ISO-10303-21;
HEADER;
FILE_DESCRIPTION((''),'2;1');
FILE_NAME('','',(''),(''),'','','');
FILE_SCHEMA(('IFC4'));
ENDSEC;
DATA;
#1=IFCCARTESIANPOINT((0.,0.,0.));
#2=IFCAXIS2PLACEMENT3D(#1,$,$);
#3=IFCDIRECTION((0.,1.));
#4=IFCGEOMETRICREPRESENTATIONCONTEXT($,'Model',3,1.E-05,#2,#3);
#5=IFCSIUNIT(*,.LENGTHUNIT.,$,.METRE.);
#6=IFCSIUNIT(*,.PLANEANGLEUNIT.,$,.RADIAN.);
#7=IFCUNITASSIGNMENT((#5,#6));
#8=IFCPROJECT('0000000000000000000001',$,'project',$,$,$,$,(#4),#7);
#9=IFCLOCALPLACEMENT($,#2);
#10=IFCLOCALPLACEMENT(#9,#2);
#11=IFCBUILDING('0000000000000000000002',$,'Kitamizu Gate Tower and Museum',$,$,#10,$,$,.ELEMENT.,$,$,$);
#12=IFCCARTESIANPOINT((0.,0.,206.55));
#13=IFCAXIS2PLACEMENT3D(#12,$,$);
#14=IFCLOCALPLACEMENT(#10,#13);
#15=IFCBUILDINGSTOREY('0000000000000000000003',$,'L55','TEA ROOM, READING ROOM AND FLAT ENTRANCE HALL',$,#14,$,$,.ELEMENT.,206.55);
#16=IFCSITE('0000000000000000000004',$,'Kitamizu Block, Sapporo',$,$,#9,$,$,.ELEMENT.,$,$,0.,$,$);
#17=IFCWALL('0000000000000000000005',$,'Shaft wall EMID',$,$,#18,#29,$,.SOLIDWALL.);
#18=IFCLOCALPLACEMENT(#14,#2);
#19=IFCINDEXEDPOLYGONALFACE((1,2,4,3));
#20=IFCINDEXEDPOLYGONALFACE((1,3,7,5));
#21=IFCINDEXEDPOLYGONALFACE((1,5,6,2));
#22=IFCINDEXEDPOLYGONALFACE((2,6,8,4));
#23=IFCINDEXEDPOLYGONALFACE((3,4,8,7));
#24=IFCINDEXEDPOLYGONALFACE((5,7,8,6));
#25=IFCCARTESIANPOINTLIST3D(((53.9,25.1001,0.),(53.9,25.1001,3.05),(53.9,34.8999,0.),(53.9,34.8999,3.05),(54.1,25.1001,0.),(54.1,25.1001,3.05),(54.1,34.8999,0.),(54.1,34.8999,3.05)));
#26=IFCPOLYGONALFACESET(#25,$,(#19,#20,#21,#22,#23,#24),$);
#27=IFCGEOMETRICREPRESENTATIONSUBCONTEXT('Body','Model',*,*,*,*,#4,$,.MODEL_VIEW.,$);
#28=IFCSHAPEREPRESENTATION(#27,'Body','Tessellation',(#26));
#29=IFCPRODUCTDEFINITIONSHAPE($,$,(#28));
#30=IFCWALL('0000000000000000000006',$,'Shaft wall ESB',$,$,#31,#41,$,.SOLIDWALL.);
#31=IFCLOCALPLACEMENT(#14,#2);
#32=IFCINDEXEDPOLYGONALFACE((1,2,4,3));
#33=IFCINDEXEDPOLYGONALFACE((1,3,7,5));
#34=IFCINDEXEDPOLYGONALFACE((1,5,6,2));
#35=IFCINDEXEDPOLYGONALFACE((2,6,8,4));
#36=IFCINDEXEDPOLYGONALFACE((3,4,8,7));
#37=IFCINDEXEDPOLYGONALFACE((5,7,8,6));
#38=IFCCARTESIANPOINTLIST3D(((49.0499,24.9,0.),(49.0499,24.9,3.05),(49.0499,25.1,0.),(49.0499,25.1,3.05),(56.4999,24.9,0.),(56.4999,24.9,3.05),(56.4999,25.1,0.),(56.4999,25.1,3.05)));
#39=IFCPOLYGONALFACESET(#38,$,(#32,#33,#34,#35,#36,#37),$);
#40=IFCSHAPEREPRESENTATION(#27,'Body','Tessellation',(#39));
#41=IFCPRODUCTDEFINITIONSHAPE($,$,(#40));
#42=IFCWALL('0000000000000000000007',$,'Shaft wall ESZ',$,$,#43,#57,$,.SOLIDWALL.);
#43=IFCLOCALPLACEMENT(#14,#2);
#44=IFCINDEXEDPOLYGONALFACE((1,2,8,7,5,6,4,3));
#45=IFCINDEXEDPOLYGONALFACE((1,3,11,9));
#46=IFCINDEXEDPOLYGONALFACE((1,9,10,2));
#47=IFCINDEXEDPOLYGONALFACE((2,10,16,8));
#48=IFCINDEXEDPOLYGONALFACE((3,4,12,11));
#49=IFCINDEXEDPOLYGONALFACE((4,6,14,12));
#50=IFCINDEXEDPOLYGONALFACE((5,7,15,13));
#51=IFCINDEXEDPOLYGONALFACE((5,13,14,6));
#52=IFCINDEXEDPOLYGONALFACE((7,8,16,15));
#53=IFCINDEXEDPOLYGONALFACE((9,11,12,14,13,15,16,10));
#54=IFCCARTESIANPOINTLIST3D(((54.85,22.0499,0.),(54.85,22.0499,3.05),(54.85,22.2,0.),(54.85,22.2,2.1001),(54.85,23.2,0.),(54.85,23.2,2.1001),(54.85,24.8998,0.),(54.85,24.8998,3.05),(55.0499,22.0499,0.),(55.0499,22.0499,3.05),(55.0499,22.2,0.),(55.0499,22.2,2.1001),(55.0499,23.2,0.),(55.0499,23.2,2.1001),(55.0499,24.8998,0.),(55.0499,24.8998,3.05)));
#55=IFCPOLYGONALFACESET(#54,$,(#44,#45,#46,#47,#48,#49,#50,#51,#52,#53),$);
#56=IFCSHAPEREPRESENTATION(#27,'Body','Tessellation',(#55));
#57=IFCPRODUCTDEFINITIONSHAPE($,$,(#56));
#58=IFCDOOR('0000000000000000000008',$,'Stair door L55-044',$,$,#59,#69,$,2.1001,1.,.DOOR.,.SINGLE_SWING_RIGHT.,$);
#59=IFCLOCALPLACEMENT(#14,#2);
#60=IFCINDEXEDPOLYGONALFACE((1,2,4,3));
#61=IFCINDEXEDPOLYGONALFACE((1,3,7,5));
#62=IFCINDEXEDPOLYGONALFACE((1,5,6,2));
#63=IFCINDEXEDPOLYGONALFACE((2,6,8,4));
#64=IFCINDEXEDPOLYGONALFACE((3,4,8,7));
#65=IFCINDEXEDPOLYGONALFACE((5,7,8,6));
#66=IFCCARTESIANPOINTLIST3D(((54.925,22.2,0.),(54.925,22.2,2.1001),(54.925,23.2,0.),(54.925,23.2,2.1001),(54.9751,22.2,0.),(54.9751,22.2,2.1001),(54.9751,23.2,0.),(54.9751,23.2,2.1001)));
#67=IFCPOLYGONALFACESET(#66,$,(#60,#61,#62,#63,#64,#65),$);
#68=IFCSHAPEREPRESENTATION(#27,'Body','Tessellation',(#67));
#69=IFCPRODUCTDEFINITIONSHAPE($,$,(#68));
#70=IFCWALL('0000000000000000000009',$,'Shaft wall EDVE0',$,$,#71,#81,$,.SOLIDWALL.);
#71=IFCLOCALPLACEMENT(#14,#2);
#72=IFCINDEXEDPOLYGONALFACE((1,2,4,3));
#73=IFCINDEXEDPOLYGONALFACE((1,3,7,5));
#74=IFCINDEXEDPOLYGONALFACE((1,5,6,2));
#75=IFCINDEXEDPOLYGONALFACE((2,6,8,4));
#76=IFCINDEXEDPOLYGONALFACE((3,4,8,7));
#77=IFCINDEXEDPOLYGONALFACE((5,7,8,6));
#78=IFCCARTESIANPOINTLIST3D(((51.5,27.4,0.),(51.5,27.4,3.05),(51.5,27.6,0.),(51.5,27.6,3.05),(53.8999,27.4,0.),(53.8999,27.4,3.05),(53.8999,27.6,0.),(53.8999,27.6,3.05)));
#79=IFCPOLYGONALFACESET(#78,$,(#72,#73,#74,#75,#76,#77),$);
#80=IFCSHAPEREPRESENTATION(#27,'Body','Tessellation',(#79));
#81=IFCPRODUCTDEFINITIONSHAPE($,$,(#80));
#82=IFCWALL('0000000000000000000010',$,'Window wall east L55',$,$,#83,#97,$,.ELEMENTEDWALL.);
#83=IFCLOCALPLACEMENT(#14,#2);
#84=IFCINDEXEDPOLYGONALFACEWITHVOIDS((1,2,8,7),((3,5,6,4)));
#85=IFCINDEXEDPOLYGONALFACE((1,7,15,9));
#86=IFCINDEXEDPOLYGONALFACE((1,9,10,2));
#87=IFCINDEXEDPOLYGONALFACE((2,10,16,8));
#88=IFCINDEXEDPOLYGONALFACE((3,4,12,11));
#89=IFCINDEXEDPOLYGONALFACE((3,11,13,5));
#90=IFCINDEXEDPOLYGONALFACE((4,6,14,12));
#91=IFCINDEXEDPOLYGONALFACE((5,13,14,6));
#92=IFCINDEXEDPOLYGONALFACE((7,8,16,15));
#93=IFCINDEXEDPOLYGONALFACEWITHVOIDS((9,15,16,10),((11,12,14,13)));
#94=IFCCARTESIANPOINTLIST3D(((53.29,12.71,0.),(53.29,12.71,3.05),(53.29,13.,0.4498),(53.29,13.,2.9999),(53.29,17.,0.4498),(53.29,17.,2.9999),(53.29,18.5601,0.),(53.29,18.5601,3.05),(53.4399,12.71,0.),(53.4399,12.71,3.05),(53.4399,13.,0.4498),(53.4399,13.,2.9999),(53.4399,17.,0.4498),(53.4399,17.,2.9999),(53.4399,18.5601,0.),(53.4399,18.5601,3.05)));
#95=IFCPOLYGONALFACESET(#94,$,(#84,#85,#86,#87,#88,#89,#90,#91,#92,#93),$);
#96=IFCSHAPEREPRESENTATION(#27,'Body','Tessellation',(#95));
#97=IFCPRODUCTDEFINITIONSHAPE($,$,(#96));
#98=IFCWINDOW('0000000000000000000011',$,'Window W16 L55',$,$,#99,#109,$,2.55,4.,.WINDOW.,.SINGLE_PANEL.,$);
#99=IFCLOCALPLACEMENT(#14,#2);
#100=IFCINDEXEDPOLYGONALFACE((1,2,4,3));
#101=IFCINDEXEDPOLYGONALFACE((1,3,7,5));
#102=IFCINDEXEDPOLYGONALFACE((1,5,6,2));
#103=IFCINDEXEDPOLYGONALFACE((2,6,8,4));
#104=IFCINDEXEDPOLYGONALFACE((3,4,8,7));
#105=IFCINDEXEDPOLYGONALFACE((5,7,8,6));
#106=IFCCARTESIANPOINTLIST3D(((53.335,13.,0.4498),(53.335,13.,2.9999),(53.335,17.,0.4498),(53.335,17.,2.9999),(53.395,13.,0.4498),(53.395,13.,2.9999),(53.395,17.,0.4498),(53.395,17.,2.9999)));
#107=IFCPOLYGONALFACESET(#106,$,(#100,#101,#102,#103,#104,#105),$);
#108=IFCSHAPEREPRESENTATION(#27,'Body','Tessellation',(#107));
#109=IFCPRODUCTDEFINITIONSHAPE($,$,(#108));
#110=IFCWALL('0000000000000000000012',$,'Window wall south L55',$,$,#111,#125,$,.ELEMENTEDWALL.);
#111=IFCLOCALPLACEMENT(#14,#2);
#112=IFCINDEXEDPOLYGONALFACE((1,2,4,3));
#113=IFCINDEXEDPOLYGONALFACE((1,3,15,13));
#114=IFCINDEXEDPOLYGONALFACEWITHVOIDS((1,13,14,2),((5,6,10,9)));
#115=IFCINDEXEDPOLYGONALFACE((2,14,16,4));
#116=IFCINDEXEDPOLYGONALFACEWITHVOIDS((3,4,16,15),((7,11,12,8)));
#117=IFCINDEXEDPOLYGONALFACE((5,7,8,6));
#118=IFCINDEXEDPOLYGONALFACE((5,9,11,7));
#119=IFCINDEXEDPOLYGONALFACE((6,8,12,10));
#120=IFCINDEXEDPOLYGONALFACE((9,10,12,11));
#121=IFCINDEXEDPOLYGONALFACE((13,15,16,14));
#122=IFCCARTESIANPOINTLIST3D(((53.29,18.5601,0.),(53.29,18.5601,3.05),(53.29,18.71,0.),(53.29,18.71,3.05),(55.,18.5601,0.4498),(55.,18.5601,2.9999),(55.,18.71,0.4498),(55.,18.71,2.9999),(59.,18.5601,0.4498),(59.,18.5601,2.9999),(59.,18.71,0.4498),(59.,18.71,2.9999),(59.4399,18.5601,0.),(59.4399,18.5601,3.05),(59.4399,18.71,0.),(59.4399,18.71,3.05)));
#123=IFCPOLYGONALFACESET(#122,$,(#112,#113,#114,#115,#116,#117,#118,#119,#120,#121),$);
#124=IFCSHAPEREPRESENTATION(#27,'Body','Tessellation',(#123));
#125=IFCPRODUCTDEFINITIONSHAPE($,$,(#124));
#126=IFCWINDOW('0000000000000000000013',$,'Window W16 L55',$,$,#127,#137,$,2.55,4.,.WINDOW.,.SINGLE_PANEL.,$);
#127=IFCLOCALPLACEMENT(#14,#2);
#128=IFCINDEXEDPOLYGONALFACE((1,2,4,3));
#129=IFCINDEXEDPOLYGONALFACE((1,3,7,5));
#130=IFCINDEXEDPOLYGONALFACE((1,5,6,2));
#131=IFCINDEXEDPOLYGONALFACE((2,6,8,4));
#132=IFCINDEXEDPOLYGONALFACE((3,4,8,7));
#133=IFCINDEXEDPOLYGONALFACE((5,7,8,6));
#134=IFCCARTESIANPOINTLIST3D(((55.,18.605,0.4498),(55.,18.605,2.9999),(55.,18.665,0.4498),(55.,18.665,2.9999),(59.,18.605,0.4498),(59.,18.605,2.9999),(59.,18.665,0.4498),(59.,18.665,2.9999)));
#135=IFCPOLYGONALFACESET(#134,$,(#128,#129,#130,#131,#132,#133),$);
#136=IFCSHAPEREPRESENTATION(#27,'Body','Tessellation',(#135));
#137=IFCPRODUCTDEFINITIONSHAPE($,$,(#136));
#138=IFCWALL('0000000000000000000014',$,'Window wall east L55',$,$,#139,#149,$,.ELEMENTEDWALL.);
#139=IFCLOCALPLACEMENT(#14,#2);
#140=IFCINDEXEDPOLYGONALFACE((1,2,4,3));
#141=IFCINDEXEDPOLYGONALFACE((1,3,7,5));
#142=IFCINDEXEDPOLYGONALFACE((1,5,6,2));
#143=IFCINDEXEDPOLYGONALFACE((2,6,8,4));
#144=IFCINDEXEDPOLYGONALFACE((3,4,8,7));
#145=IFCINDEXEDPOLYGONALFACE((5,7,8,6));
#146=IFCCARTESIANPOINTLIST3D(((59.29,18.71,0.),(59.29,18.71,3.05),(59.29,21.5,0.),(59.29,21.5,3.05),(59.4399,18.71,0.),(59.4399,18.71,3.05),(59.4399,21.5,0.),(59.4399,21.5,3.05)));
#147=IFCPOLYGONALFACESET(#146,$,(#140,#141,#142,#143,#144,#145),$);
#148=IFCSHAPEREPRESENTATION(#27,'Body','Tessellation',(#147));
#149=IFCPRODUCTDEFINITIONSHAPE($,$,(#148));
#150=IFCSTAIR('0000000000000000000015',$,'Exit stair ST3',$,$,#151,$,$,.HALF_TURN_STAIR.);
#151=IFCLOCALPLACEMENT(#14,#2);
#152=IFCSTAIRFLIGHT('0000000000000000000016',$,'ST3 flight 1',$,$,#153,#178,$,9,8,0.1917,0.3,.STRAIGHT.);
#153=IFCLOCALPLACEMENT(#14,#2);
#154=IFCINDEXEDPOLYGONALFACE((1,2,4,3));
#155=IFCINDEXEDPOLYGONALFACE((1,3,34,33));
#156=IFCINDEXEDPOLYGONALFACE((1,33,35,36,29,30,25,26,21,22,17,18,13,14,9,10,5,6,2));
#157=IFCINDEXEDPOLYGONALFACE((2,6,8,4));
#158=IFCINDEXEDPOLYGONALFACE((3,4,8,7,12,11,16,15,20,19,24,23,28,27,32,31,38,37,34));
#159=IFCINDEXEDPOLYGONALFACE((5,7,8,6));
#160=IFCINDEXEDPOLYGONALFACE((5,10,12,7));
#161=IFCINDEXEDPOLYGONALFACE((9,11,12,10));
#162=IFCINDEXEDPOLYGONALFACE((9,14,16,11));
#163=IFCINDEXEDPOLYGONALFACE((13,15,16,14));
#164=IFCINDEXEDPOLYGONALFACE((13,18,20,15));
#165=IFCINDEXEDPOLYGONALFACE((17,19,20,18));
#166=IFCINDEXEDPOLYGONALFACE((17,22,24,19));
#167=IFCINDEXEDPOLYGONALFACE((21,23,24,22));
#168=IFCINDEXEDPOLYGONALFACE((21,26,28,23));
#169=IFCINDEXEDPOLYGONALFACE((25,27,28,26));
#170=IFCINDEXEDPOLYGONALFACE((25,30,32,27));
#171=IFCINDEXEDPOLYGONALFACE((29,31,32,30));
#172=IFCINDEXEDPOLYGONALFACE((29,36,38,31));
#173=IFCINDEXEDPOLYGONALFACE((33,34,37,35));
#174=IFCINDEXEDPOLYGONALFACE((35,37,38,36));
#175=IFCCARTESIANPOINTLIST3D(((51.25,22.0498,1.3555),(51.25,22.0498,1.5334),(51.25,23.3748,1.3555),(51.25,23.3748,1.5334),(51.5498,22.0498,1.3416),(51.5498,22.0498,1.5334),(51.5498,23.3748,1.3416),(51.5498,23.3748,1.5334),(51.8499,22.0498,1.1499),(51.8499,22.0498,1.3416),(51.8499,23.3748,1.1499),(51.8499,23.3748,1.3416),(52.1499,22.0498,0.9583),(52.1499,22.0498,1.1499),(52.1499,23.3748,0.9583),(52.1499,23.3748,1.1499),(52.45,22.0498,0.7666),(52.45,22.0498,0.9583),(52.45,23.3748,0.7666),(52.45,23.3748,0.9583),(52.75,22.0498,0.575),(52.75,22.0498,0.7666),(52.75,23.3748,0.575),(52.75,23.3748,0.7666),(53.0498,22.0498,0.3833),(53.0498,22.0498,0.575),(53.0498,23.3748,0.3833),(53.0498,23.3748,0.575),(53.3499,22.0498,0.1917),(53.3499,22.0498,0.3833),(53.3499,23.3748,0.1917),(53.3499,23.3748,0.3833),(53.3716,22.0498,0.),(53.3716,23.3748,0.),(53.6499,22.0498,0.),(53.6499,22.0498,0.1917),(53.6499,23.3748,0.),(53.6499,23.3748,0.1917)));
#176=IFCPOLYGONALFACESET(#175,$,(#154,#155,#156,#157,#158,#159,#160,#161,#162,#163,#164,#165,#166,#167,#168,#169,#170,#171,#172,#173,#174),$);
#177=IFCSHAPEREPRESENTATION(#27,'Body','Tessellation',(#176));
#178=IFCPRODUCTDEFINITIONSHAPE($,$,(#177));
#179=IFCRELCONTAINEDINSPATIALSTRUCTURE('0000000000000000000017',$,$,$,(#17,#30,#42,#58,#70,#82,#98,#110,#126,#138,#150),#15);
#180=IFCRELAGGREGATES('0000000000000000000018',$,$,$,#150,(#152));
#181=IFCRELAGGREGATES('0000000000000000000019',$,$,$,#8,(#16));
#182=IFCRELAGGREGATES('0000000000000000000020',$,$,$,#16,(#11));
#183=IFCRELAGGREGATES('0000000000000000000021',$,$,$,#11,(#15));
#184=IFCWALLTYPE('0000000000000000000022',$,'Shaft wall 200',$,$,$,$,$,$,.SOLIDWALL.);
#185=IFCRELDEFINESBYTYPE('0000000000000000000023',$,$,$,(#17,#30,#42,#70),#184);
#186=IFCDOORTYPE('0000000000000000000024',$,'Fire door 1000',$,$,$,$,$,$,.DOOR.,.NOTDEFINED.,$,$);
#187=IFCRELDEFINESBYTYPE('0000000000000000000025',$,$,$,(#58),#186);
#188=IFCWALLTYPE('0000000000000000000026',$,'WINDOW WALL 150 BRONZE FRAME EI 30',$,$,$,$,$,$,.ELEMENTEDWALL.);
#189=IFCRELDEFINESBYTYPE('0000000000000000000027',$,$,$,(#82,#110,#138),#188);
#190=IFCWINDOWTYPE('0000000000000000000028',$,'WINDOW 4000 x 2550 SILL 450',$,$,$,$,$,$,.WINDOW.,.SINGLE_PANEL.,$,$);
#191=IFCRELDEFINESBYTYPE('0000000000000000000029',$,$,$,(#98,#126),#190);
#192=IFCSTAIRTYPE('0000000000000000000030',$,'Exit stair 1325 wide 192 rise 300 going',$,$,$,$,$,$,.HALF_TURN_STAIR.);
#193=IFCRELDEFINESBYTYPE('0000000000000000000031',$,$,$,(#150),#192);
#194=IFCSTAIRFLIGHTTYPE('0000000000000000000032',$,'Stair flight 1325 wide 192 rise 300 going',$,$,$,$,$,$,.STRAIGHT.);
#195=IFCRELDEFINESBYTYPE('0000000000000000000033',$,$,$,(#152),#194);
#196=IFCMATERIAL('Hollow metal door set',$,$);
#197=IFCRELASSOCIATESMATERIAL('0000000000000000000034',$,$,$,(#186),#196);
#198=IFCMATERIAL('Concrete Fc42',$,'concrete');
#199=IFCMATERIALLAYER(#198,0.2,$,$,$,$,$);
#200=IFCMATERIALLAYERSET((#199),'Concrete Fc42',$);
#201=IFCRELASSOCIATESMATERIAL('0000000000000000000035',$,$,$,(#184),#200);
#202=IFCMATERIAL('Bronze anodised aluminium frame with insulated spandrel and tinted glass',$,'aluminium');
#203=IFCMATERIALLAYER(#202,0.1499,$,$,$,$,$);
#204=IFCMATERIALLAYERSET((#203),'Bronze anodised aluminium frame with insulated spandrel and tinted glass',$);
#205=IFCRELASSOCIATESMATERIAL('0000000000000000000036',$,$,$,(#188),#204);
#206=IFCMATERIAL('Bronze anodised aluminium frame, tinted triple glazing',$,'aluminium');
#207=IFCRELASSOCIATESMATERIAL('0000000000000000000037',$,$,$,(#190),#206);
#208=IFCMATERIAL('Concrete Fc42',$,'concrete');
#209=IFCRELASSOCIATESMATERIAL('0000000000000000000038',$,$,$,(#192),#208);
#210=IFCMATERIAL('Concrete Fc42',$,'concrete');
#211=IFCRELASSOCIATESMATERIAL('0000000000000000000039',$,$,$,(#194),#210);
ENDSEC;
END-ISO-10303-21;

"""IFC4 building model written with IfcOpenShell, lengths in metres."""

from ifc_helpers import new_model, si_unit, direction, frame, frame_2d, origin, place, context, subcontext, project, spatial, polyline, rectangle, outline, extrude, material, layer, layer_set, type_object, element, fill, aggregate, save


model = new_model("IFC4")

# Units and contexts
model_context = context("Model", 3, precision=1e-05, world=origin(), true_north=direction((0.0, 1.0)))
body_context = subcontext(model_context, "Body", "Model", "MODEL_VIEW")
ifc_project = project(units=[si_unit("LENGTHUNIT", "METRE"), si_unit("PLANEANGLEUNIT", "RADIAN")], contexts=[model_context])

# Site, building, storey
site_placement = place(None, origin())
site = spatial("IfcSite", under=ifc_project, at=site_placement, Name="Kitamizu Block, Sapporo", CompositionType="ELEMENT", RefElevation=0.0)
building_placement = place(site_placement, origin())
building = spatial("IfcBuilding", under=site, at=building_placement, Name="Kitamizu Gate Tower and Museum", CompositionType="ELEMENT")
storey_placement = place(building_placement, frame((0.0, 0.0, 206.55)))
storey = spatial("IfcBuildingStorey", under=building, at=storey_placement, Name="L55", Description="TEA ROOM, READING ROOM AND FLAT ENTRANCE HALL", CompositionType="ELEMENT", Elevation=206.55)

# Shared definitions
ifc_material_1 = material(Name="Hollow metal door set")
door_type_1 = type_object("IfcDoorType", Name="Fire door 1000", OperationType="NOTDEFINED", PredefinedType="DOOR", material=ifc_material_1)

# Shared definitions
ifc_material_2 = material(Name="Concrete Fc42", Category="concrete")
ifc_layer_1 = layer(ifc_material_2, 0.2)
ifc_layer_set_1 = layer_set([ifc_layer_1], Name="Concrete Fc42")
wall_type_1 = type_object("IfcWallType", Name="Shaft wall 200", PredefinedType="SOLIDWALL", material=ifc_layer_set_1)

# Walls
wall_1_placement = place(storey_placement, frame((54.0, 25.1001, 0.0), z_axis=(0.0, 0.0, 1.0), x_axis=(0.0, 1.0, 0.0)))
element("IfcWall", 1, at=wall_1_placement, inside=storey, type_object=wall_type_1, Name="Shaft wall EMID", PredefinedType="SOLIDWALL", context=body_context, shape_type="SweptSolid", body=[
    extrude(rectangle(XDim=9.7998, YDim=0.2, at=frame_2d((4.8999, 0.0))), origin(), (0.0, 0.0, 1.0), 3.05),
])
wall_2_placement = place(storey_placement, frame((56.5, 25.0, 0.0), z_axis=(0.0, 0.0, 1.0), x_axis=(-1.0, 0.0, 0.0)))
element("IfcWall", 2, at=wall_2_placement, inside=storey, type_object=wall_type_1, Name="Shaft wall ESB", PredefinedType="SOLIDWALL", context=body_context, shape_type="SweptSolid", body=[
    extrude(rectangle(XDim=7.45, YDim=0.2, at=frame_2d((3.7251, 0.0))), origin(), (0.0, 0.0, 1.0), 3.05),
])

# Wall, opening, door
wall_3_placement = place(storey_placement, frame((54.95, 22.05, 0.0), z_axis=(0.0, 0.0, 1.0), x_axis=(0.0, 1.0, 0.0)))
wall_3 = element("IfcWall", 3, at=wall_3_placement, inside=storey, type_object=wall_type_1, Name="Shaft wall ESZ", PredefinedType="SOLIDWALL", context=body_context, shape_type="SweptSolid", body=[
    extrude(rectangle(XDim=2.8499, YDim=0.2, at=frame_2d((1.4248, 0.0))), origin(), (0.0, 0.0, 1.0), 3.05),
])
opening_1_placement = place(wall_3_placement, frame((0.1499, 0.0, 0.0)))
opening_1 = element("IfcOpeningElement", 4, at=opening_1_placement, cuts=wall_3, PredefinedType="OPENING", context=body_context, shape_type="SweptSolid", body=[
    extrude(rectangle(XDim=1.0, YDim=2.1001, at=frame_2d((0.5, 1.05))), frame((0.0, 0.1099, 0.0), z_axis=(0.0, -1.0, 0.0), x_axis=(1.0, 0.0, 0.0)), (0.0, 0.0, 1.0), 0.22),
])
door_1_placement = place(opening_1_placement, origin())
door_1 = element("IfcDoor", 5, at=door_1_placement, inside=storey, type_object=door_type_1, Name="Stair door L55-044", OperationType="SINGLE_SWING_RIGHT", OverallHeight=2.1001, OverallWidth=1.0, PredefinedType="DOOR", context=body_context, shape_type="SweptSolid", body=[
    extrude(rectangle(XDim=1.0, YDim=2.1001, at=frame_2d((0.5, 1.05))), frame((0.0, 0.0249, 0.0), z_axis=(0.0, -1.0, 0.0), x_axis=(1.0, 0.0, 0.0)), (0.0, 0.0, 1.0), 0.05),
])
fill(opening_1, door_1)

# Wall
wall_4_placement = place(storey_placement, frame((53.8999, 27.5, 0.0), z_axis=(0.0, 0.0, 1.0), x_axis=(-1.0, 0.0, 0.0)))
element("IfcWall", 6, at=wall_4_placement, inside=storey, type_object=wall_type_1, Name="Shaft wall EDVE0", PredefinedType="SOLIDWALL", context=body_context, shape_type="SweptSolid", body=[
    extrude(rectangle(XDim=2.3999, YDim=0.2, at=frame_2d((1.2, 0.0))), origin(), (0.0, 0.0, 1.0), 3.05),
])

# Walls, openings, windows
ifc_material_3 = material(Name="Bronze anodised aluminium frame with insulated spandrel and tinted glass", Category="aluminium")
ifc_layer_2 = layer(ifc_material_3, 0.1499)
ifc_layer_set_2 = layer_set([ifc_layer_2], Name="Bronze anodised aluminium frame with insulated spandrel and tinted glass")
wall_type_2 = type_object("IfcWallType", Name="WINDOW WALL 150 BRONZE FRAME EI 30", PredefinedType="ELEMENTEDWALL", material=ifc_layer_set_2)
wall_5_placement = place(storey_placement, frame((53.365, 12.71, 0.0), z_axis=(0.0, 0.0, 1.0), x_axis=(0.0, 1.0, 0.0)))
wall_5 = element("IfcWall", 7, at=wall_5_placement, inside=storey, type_object=wall_type_2, Name="Window wall east L55", PredefinedType="ELEMENTEDWALL", context=body_context, shape_type="SweptSolid", body=[
    extrude(rectangle(XDim=5.8501, YDim=0.1499, at=frame_2d((2.925, 0.0))), origin(), (0.0, 0.0, 1.0), 3.05),
])
opening_2_placement = place(wall_5_placement, frame((0.29, 0.0, 0.45)))
opening_2 = element("IfcOpeningElement", 8, at=opening_2_placement, cuts=wall_5, PredefinedType="OPENING", context=body_context, shape_type="SweptSolid", body=[
    extrude(rectangle(XDim=4.0, YDim=2.55, at=frame_2d((2.0, 1.2749))), frame((0.0, 0.085, 0.0), z_axis=(0.0, -1.0, 0.0), x_axis=(1.0, 0.0, 0.0)), (0.0, 0.0, 1.0), 0.1699),
])
ifc_material_4 = material(Name="Bronze anodised aluminium frame, tinted triple glazing", Category="aluminium")
window_type = type_object("IfcWindowType", Name="WINDOW 4000 x 2550 SILL 450", PartitioningType="SINGLE_PANEL", PredefinedType="WINDOW", material=ifc_material_4)
window_1_placement = place(opening_2_placement, origin())
window_1 = element("IfcWindow", 9, at=window_1_placement, inside=storey, type_object=window_type, Name="Window W16 L55", OverallHeight=2.55, OverallWidth=4.0, PartitioningType="SINGLE_PANEL", PredefinedType="WINDOW", context=body_context, shape_type="SweptSolid", body=[
    extrude(rectangle(XDim=4.0, YDim=2.55, at=frame_2d((2.0, 1.2749))), frame((0.0, 0.03, 0.0), z_axis=(0.0, -1.0, 0.0), x_axis=(1.0, 0.0, 0.0)), (0.0, 0.0, 1.0), 0.0601),
])
fill(opening_2, window_1)
wall_6_placement = place(storey_placement, frame((53.29, 18.635, 0.0), z_axis=(0.0, 0.0, 1.0), x_axis=(1.0, 0.0, 0.0)))
wall_6 = element("IfcWall", 10, at=wall_6_placement, inside=storey, type_object=wall_type_2, Name="Window wall south L55", PredefinedType="ELEMENTEDWALL", context=body_context, shape_type="SweptSolid", body=[
    extrude(rectangle(XDim=6.1499, YDim=0.1499, at=frame_2d((3.075, 0.0))), origin(), (0.0, 0.0, 1.0), 3.05),
])
opening_3_placement = place(wall_6_placement, frame((1.71, 0.0, 0.45)))
opening_3 = element("IfcOpeningElement", 11, at=opening_3_placement, cuts=wall_6, PredefinedType="OPENING", context=body_context, shape_type="SweptSolid", body=[
    extrude(rectangle(XDim=4.0, YDim=2.55, at=frame_2d((2.0, 1.2749))), frame((0.0, 0.085, 0.0), z_axis=(0.0, -1.0, 0.0), x_axis=(1.0, 0.0, 0.0)), (0.0, 0.0, 1.0), 0.1699),
])
window_2_placement = place(opening_3_placement, origin())
window_2 = element("IfcWindow", 12, at=window_2_placement, inside=storey, type_object=window_type, Name="Window W16 L55", OverallHeight=2.55, OverallWidth=4.0, PartitioningType="SINGLE_PANEL", PredefinedType="WINDOW", context=body_context, shape_type="SweptSolid", body=[
    extrude(rectangle(XDim=4.0, YDim=2.55, at=frame_2d((2.0, 1.2749))), frame((0.0, 0.03, 0.0), z_axis=(0.0, -1.0, 0.0), x_axis=(1.0, 0.0, 0.0)), (0.0, 0.0, 1.0), 0.0601),
])
fill(opening_3, window_2)

# Wall
wall_7_placement = place(storey_placement, frame((59.365, 18.71, 0.0), z_axis=(0.0, 0.0, 1.0), x_axis=(0.0, 1.0, 0.0)))
element("IfcWall", 13, at=wall_7_placement, inside=storey, type_object=wall_type_2, Name="Window wall east L55", PredefinedType="ELEMENTEDWALL", context=body_context, shape_type="SweptSolid", body=[
    extrude(rectangle(XDim=2.79, YDim=0.1499, at=frame_2d((1.395, 0.0))), origin(), (0.0, 0.0, 1.0), 3.05),
])

# Stair, stair flight
ifc_material_5 = material(Name="Concrete Fc42", Category="concrete")
stair_type = type_object("IfcStairType", Name="Exit stair 1325 wide 192 rise 300 going", PredefinedType="HALF_TURN_STAIR", material=ifc_material_5)
stair_placement = place(storey_placement, origin())
stair = element("IfcStair", 14, at=stair_placement, inside=storey, type_object=stair_type, Name="Exit stair ST3", PredefinedType="HALF_TURN_STAIR")
ifc_material_6 = material(Name="Concrete Fc42", Category="concrete")
stair_flight_type = type_object("IfcStairFlightType", Name="Stair flight 1325 wide 192 rise 300 going", PredefinedType="STRAIGHT", material=ifc_material_6)
stair_flight_placement = place(storey_placement, frame((53.6499, 22.7124, 0.0), z_axis=(0.0, 0.0, 1.0), x_axis=(-1.0, 0.0, 0.0)))
stair_flight = element("IfcStairFlight", 15, at=stair_flight_placement, type_object=stair_flight_type, Name="ST3 flight 1", NumberOfRisers=9, NumberOfTreads=8, PredefinedType="STRAIGHT", RiserHeight=0.1917, TreadLength=0.3, context=body_context, shape_type="SweptSolid", body=[
    extrude(outline(polyline([(0.0, 0.0), (0.0, 0.1917), (0.3, 0.1917), (0.3, 0.3833), (0.6001, 0.3833), (0.6001, 0.575), (0.8999, 0.575), (0.8999, 0.7666), (1.2, 0.7666), (1.2, 0.9583), (1.5, 0.9583), (1.5, 1.1499), (1.8, 1.1499), (1.8, 1.3416), (2.1001, 1.3416), (2.1001, 1.5334), (2.3999, 1.5334), (2.3999, 1.7251), (2.3999, 1.3555), (0.2783, 0.0), (0.0, 0.0)])), frame((0.0, 0.6626, 0.0), z_axis=(0.0, -1.0, 0.0), x_axis=(1.0, 0.0, 0.0)), (0.0, 0.0, 1.0), 1.325),
])
aggregate(stair, [stair_flight])

save(model, "model.ifc")
